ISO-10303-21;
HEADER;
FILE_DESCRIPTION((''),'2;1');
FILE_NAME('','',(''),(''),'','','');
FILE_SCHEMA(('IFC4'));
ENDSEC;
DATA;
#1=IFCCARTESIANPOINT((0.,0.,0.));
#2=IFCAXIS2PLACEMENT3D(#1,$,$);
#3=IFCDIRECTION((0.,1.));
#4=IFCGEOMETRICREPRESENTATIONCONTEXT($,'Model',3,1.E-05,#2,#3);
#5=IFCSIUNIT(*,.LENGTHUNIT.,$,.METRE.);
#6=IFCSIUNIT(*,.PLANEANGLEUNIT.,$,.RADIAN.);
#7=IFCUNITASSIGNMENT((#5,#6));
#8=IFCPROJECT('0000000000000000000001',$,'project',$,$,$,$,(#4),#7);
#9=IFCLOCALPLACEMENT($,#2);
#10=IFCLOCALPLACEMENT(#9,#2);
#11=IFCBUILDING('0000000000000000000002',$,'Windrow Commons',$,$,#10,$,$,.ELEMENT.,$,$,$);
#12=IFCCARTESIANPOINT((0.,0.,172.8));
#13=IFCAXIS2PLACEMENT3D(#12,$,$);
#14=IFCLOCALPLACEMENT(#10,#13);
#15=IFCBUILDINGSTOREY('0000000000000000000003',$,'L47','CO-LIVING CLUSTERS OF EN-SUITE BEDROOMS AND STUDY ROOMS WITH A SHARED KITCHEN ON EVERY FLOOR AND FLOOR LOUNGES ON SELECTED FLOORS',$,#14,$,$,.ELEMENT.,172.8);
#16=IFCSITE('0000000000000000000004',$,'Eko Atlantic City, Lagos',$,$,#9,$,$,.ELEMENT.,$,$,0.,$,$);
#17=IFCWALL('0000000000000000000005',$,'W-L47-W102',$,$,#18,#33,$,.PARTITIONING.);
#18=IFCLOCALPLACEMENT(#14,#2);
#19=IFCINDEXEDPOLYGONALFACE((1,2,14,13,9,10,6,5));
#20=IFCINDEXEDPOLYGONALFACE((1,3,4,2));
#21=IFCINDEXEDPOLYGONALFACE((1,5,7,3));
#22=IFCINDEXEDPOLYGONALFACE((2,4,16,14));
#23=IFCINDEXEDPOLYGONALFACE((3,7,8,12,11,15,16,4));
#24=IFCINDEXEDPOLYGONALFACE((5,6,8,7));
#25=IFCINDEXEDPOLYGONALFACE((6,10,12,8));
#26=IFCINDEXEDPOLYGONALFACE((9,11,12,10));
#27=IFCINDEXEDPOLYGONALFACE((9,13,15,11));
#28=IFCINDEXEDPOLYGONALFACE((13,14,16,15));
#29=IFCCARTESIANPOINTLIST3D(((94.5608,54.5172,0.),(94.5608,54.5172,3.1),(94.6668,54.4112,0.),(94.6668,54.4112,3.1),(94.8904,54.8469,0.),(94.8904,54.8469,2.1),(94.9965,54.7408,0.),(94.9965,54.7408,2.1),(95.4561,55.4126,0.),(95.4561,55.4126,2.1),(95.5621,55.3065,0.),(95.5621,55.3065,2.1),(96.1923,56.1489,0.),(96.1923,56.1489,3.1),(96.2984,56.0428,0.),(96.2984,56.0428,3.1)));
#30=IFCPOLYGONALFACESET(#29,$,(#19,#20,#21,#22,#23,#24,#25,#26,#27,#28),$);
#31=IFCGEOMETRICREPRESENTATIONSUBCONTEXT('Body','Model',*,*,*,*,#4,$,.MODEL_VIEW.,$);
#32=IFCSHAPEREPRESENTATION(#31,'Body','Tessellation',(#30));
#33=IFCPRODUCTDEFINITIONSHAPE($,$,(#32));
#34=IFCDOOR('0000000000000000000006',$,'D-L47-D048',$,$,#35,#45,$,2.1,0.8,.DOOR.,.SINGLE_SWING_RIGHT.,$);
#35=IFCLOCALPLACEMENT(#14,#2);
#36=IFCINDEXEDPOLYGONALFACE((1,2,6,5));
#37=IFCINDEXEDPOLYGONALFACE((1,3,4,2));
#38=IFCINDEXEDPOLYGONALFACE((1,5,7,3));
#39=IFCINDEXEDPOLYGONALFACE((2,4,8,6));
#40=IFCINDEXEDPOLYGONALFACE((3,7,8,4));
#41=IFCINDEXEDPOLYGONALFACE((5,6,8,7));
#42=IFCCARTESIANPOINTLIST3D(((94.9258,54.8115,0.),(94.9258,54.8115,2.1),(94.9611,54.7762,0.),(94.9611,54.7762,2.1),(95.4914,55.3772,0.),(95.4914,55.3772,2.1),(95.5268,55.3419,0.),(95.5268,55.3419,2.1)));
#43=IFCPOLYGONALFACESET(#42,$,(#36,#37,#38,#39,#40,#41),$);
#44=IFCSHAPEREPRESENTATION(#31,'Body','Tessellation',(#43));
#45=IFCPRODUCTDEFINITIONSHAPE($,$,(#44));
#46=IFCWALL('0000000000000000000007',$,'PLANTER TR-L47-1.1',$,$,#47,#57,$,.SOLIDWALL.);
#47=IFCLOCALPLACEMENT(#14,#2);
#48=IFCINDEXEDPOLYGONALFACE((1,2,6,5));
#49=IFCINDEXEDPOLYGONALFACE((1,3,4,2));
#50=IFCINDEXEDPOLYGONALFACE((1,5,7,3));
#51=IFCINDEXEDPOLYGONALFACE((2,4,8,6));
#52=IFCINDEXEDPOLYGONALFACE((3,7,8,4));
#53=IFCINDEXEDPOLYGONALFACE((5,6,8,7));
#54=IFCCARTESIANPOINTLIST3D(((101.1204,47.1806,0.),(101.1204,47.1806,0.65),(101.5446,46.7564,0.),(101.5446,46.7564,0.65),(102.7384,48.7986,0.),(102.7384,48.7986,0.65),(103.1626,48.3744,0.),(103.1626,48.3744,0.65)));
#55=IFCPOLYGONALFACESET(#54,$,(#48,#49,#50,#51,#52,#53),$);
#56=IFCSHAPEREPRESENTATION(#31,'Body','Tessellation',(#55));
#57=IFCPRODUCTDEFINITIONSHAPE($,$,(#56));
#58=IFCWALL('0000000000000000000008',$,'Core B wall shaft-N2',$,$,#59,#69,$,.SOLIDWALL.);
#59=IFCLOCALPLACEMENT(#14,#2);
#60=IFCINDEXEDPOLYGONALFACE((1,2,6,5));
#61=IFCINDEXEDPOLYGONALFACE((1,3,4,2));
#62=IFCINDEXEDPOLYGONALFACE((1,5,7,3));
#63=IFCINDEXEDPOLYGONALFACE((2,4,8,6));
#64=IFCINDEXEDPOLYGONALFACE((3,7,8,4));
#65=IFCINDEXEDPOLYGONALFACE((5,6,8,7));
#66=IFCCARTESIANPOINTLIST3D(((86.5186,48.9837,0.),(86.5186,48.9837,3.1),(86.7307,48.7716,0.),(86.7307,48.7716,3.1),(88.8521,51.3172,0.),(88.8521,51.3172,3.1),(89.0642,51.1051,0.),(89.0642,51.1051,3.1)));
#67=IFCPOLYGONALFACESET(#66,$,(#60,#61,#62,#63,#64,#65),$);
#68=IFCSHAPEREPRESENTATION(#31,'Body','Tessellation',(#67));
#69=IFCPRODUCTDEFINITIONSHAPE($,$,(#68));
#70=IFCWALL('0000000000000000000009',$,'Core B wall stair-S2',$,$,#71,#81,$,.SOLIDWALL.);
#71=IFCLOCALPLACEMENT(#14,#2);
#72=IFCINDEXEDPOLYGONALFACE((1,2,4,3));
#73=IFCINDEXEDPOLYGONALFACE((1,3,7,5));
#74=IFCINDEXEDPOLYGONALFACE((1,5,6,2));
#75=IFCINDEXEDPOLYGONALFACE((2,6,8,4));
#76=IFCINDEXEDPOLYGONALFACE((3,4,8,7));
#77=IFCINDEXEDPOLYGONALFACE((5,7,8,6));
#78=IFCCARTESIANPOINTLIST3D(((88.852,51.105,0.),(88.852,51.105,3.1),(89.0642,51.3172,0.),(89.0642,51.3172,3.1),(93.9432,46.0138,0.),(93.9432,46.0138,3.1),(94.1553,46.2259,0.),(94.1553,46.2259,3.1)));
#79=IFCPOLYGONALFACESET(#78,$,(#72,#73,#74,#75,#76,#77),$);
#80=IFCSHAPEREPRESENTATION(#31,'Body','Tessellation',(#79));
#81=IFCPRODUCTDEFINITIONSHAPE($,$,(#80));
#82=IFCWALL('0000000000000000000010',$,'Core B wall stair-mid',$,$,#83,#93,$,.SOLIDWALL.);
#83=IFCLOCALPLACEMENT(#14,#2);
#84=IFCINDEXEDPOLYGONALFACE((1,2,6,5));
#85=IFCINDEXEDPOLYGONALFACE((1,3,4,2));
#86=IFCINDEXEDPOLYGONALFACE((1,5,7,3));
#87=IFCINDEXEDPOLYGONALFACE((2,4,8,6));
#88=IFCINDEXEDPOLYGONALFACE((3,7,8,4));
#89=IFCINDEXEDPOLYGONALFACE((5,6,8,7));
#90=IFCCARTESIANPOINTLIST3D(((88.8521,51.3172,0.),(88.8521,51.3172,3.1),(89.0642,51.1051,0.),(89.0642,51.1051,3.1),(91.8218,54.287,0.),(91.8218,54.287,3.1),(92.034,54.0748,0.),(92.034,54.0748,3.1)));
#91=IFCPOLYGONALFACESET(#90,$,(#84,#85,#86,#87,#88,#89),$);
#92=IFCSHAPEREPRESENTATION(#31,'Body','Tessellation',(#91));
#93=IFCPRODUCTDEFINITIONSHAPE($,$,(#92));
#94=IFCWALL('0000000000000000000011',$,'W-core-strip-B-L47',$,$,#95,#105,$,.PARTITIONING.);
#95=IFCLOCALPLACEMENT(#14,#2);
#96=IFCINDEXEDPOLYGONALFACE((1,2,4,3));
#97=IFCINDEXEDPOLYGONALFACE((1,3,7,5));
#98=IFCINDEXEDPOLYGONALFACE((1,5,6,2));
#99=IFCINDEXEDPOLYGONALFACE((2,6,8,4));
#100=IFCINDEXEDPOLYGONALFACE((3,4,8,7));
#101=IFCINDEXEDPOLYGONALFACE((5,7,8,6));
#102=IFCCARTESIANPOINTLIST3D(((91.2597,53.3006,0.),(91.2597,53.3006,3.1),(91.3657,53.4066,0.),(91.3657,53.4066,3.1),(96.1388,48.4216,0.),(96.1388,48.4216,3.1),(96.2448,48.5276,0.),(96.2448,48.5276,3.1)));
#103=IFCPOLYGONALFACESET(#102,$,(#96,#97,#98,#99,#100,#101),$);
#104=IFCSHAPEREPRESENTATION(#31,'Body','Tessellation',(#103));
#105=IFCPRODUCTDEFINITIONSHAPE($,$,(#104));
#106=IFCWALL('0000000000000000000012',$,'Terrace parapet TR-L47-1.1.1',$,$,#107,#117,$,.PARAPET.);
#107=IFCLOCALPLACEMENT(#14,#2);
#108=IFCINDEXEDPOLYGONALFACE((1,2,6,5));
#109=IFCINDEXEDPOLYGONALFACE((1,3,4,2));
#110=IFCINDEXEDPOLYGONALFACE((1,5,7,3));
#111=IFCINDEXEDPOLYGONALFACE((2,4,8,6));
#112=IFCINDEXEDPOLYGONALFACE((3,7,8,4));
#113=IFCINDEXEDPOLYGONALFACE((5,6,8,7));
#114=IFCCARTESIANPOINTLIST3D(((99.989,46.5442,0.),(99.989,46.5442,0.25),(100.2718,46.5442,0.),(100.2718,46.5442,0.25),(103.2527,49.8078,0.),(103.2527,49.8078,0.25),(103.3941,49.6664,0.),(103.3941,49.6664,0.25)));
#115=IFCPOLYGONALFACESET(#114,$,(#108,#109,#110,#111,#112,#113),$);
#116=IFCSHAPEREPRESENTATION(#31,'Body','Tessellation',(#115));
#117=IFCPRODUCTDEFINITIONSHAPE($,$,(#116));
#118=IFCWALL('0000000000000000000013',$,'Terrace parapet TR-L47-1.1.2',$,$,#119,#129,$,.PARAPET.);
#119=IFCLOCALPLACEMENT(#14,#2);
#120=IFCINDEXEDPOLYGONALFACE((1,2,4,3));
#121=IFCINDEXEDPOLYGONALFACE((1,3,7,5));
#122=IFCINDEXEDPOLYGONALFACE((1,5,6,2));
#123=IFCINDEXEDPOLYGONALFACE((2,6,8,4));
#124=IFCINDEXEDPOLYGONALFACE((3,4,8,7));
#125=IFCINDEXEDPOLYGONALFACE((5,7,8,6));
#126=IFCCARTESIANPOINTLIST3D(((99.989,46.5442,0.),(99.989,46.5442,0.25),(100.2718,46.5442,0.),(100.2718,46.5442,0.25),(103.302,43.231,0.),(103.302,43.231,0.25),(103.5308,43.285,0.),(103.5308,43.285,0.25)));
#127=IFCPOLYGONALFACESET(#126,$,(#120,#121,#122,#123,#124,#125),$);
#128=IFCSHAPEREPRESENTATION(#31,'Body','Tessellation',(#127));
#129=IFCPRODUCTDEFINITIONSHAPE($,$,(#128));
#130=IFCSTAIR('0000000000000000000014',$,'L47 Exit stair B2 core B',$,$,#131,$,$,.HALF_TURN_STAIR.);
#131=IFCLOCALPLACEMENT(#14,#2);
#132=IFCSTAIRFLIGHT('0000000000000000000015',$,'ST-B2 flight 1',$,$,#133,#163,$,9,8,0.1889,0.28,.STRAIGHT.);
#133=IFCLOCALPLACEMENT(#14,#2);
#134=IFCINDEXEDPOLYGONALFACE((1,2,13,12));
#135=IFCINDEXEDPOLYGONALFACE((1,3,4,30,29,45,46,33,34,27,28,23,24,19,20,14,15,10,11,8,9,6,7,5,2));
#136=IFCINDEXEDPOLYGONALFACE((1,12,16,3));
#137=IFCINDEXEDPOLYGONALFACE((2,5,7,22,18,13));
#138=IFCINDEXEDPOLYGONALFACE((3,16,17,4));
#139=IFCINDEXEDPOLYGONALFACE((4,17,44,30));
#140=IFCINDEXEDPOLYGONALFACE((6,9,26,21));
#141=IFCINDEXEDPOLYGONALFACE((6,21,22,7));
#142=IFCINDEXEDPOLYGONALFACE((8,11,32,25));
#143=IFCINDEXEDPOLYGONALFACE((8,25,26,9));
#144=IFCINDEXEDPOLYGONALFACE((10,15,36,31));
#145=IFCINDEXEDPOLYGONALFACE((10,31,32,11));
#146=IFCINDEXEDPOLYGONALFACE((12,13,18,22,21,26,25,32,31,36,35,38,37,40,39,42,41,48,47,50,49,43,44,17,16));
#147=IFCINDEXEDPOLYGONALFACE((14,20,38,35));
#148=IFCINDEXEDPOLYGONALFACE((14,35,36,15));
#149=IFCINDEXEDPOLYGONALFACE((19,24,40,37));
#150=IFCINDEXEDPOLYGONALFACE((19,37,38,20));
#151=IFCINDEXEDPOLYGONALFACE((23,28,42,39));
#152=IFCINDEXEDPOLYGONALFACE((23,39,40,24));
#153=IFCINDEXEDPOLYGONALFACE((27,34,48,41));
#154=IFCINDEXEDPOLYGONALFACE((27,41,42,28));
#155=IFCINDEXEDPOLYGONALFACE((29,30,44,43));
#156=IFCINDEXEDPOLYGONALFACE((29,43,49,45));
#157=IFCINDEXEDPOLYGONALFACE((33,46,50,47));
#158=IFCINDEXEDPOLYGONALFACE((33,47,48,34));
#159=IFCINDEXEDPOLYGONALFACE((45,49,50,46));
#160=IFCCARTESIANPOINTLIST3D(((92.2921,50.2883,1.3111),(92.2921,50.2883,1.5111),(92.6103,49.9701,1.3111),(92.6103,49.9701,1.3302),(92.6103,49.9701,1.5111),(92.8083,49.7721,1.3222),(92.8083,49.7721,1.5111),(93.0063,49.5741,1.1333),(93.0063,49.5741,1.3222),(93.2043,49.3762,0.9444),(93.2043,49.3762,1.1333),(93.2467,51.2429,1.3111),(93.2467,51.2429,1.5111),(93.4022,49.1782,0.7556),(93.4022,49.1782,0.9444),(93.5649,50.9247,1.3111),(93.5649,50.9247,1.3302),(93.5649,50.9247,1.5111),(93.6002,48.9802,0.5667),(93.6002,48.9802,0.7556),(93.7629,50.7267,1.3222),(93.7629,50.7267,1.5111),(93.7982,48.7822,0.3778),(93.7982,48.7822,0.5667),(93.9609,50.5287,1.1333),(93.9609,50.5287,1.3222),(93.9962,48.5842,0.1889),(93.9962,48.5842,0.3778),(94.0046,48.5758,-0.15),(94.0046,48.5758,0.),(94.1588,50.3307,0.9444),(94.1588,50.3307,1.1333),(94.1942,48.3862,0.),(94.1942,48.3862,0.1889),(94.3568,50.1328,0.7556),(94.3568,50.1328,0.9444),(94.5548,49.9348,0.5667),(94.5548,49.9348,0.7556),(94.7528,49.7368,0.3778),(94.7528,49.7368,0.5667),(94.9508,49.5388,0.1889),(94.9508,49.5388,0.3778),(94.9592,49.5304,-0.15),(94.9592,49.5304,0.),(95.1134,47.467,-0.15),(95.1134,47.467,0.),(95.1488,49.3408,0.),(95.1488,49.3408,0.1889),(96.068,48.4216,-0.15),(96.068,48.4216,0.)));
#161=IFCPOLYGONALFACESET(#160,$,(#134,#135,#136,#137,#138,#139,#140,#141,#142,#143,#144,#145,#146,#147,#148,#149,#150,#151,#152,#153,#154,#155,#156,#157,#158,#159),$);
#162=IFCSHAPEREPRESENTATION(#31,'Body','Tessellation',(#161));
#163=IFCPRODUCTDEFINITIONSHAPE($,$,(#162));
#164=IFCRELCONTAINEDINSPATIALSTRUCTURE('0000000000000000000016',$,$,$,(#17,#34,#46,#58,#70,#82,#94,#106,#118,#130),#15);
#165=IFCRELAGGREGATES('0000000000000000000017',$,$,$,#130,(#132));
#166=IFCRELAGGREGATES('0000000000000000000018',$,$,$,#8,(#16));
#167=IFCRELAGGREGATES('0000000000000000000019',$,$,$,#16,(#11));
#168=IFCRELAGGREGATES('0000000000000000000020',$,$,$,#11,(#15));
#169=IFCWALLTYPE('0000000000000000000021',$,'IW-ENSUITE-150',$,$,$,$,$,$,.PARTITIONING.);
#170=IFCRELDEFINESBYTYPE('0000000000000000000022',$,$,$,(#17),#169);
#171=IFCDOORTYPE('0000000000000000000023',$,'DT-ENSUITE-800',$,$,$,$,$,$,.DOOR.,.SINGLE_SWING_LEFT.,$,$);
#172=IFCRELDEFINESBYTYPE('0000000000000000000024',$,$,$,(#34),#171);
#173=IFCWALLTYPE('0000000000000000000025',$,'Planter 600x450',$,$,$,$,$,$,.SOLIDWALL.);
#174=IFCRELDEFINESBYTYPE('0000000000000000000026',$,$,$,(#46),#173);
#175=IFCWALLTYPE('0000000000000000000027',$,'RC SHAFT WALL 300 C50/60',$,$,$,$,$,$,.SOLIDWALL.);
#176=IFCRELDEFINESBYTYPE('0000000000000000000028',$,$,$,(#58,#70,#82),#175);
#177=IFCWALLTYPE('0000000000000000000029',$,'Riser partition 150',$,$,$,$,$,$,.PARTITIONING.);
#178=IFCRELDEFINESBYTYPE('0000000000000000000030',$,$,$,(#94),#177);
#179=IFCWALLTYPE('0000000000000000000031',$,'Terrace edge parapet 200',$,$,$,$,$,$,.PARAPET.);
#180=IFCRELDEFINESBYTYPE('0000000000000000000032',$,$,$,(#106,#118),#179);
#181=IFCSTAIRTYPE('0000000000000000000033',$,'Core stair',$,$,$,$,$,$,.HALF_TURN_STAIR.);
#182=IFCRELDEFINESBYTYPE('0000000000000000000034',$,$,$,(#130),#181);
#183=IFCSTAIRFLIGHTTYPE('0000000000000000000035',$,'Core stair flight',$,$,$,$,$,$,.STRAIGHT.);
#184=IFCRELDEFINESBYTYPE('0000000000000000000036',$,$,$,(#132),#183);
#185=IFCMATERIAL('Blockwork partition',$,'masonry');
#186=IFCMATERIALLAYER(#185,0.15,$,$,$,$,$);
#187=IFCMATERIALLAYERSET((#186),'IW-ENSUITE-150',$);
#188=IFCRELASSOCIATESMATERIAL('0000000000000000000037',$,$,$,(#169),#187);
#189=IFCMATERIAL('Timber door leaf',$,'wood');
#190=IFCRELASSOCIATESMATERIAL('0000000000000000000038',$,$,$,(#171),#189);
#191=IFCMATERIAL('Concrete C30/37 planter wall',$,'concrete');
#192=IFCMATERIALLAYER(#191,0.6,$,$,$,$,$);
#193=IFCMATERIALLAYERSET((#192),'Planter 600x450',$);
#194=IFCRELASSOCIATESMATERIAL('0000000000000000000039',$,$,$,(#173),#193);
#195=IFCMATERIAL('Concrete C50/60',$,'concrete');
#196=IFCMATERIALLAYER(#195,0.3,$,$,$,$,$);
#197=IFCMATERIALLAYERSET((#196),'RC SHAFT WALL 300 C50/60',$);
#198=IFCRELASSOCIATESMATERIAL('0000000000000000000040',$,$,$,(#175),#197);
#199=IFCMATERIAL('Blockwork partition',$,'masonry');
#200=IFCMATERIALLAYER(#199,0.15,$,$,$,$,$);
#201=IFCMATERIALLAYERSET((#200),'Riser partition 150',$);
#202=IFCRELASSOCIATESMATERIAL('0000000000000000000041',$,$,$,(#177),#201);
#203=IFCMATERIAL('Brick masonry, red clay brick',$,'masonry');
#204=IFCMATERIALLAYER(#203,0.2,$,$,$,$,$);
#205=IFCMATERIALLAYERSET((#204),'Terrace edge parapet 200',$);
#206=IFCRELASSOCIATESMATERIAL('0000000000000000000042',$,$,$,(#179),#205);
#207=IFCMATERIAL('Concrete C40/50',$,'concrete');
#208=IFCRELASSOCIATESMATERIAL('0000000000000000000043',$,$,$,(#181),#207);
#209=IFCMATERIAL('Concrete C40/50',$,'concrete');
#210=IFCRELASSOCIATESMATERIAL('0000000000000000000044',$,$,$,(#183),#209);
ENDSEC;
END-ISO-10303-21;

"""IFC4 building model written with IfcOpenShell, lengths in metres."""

from ifc_helpers import new_model, si_unit, direction, frame, frame_2d, origin, place, context, subcontext, project, spatial, polyline, rectangle, outline, extrude, material, layer, layer_set, type_object, element, fill, aggregate, save


model = new_model("IFC4")

# Units and contexts
model_context = context("Model", 3, precision=1e-05, world=origin(), true_north=direction((0.0, 1.0)))
body_context = subcontext(model_context, "Body", "Model", "MODEL_VIEW")
ifc_project = project(units=[si_unit("LENGTHUNIT", "METRE"), si_unit("PLANEANGLEUNIT", "RADIAN")], contexts=[model_context])

# Site, building, storey
site_placement = place(None, origin())
site = spatial("IfcSite", under=ifc_project, at=site_placement, Name="Eko Atlantic City, Lagos", CompositionType="ELEMENT", RefElevation=0.0)
building_placement = place(site_placement, origin())
building = spatial("IfcBuilding", under=site, at=building_placement, Name="Windrow Commons", CompositionType="ELEMENT")
storey_placement = place(building_placement, frame((0.0, 0.0, 172.8)))
storey = spatial("IfcBuildingStorey", under=building, at=storey_placement, Name="L47", Description="CO-LIVING CLUSTERS OF EN-SUITE BEDROOMS AND STUDY ROOMS WITH A SHARED KITCHEN ON EVERY FLOOR AND FLOOR LOUNGES ON SELECTED FLOORS", CompositionType="ELEMENT", Elevation=172.8)

# Shared definitions
ifc_material_1 = material(Name="Blockwork partition", Category="masonry")
ifc_layer_1 = layer(ifc_material_1, 0.15)
ifc_layer_set_1 = layer_set([ifc_layer_1], Name="IW-ENSUITE-150")
wall_type_1 = type_object("IfcWallType", Name="IW-ENSUITE-150", PredefinedType="PARTITIONING", material=ifc_layer_set_1)

# Wall, opening, door
wall_1_placement = place(storey_placement, frame((94.6138, 54.4642, 0.0), z_axis=(0.0, 0.0, 1.0), x_axis=(0.707085, 0.707128, 0.0)))
wall_1 = element("IfcWall", 1, at=wall_1_placement, inside=storey, type_object=wall_type_1, Name="W-L47-W102", PredefinedType="PARTITIONING", context=body_context, shape_type="SweptSolid", body=[
    extrude(rectangle(XDim=2.3074, YDim=0.15, at=frame_2d((1.1537, 0.0))), origin(), (0.0, 0.0, 1.0), 3.1),
])
opening_1_placement = place(wall_1_placement, frame((0.4662, 0.0, 0.0)))
opening_1 = element("IfcOpeningElement", 2, at=opening_1_placement, cuts=wall_1, PredefinedType="OPENING", context=body_context, shape_type="SweptSolid", body=[
    extrude(rectangle(XDim=0.8, YDim=2.1, at=frame_2d((0.4, 1.05))), frame((0.0, 0.085, 0.0), z_axis=(0.0, -1.0, 0.0), x_axis=(1.0, 0.0, 0.0)), (0.0, 0.0, 1.0), 0.17),
])
ifc_material_2 = material(Name="Timber door leaf", Category="wood")
door_type = type_object("IfcDoorType", Name="DT-ENSUITE-800", OperationType="SINGLE_SWING_LEFT", PredefinedType="DOOR", material=ifc_material_2)
door_placement = place(opening_1_placement, origin())
door = element("IfcDoor", 3, at=door_placement, inside=storey, type_object=door_type, Name="D-L47-D048", OperationType="SINGLE_SWING_RIGHT", OverallHeight=2.1, OverallWidth=0.8, PredefinedType="DOOR", context=body_context, shape_type="SweptSolid", body=[
    extrude(rectangle(XDim=0.8, YDim=2.1, at=frame_2d((0.4, 1.05))), frame((0.0, 0.025, 0.0), z_axis=(0.0, -1.0, 0.0), x_axis=(1.0, 0.0, 0.0)), (0.0, 0.0, 1.0), 0.05),
])
fill(opening_1, door)

# Walls
ifc_material_3 = material(Name="Concrete C30/37 planter wall", Category="concrete")
ifc_layer_2 = layer(ifc_material_3, 0.6)
ifc_layer_set_2 = layer_set([ifc_layer_2], Name="Planter 600x450")
wall_type_2 = type_object("IfcWallType", Name="Planter 600x450", PredefinedType="SOLIDWALL", material=ifc_layer_set_2)
wall_2_placement = place(storey_placement, frame((102.9505, 48.5865, 0.0), z_axis=(0.0, 0.0, 1.0), x_axis=(-0.707107, -0.707107, 0.0)))
element("IfcWall", 4, at=wall_2_placement, inside=storey, type_object=wall_type_2, Name="PLANTER TR-L47-1.1", PredefinedType="SOLIDWALL", context=body_context, shape_type="SweptSolid", body=[
    extrude(outline(polyline([(0.0, -0.3), (2.2882, -0.3), (2.2882, 0.3), (0.0, 0.3), (0.0, -0.3)])), origin(), (0.0, 0.0, 1.0), 0.65),
])
ifc_material_4 = material(Name="Concrete C50/60", Category="concrete")
ifc_layer_3 = layer(ifc_material_4, 0.3)
ifc_layer_set_3 = layer_set([ifc_layer_3], Name="RC SHAFT WALL 300 C50/60")
wall_type_3 = type_object("IfcWallType", Name="RC SHAFT WALL 300 C50/60", PredefinedType="SOLIDWALL", material=ifc_layer_set_3)
wall_3_placement = place(storey_placement, frame((86.6246, 48.8776, 0.0), z_axis=(0.0, 0.0, 1.0), x_axis=(0.707107, 0.707107, 0.0)))
element("IfcWall", 5, at=wall_3_placement, inside=storey, type_object=wall_type_3, Name="Core B wall shaft-N2", PredefinedType="SOLIDWALL", context=body_context, shape_type="SweptSolid", body=[
    extrude(rectangle(XDim=3.3001, YDim=0.3, at=frame_2d((1.6501, 0.0))), origin(), (0.0, 0.0, 1.0), 3.1),
])
wall_4_placement = place(storey_placement, frame((88.9581, 51.2111, 0.0), z_axis=(0.0, 0.0, 1.0), x_axis=(0.7071, -0.707114, 0.0)))
element("IfcWall", 6, at=wall_4_placement, inside=storey, type_object=wall_type_3, Name="Core B wall stair-S2", PredefinedType="SOLIDWALL", context=body_context, shape_type="SweptSolid", body=[
    extrude(rectangle(XDim=7.2, YDim=0.3, at=frame_2d((3.6, 0.0))), origin(), (0.0, 0.0, 1.0), 3.1),
])
wall_5_placement = place(storey_placement, frame((88.9581, 51.2111, 0.0), z_axis=(0.0, 0.0, 1.0), x_axis=(0.707107, 0.707107, 0.0)))
element("IfcWall", 7, at=wall_5_placement, inside=storey, type_object=wall_type_3, Name="Core B wall stair-mid", PredefinedType="SOLIDWALL", context=body_context, shape_type="SweptSolid", body=[
    extrude(rectangle(XDim=4.1999, YDim=0.3, at=frame_2d((2.1, 0.0))), origin(), (0.0, 0.0, 1.0), 3.1),
])
ifc_material_5 = material(Name="Blockwork partition", Category="masonry")
ifc_layer_4 = layer(ifc_material_5, 0.15)
ifc_layer_set_4 = layer_set([ifc_layer_4], Name="Riser partition 150")
wall_type_4 = type_object("IfcWallType", Name="Riser partition 150", PredefinedType="PARTITIONING", material=ifc_layer_set_4)
wall_6_placement = place(storey_placement, frame((91.3127, 53.3536, 0.0), z_axis=(0.0, 0.0, 1.0), x_axis=(0.707114, -0.7071, 0.0)))
element("IfcWall", 8, at=wall_6_placement, inside=storey, type_object=wall_type_4, Name="W-core-strip-B-L47", PredefinedType="PARTITIONING", context=body_context, shape_type="SweptSolid", body=[
    extrude(rectangle(XDim=6.9, YDim=0.15, at=frame_2d((3.45, 0.0))), origin(), (0.0, 0.0, 1.0), 3.1),
])
ifc_material_6 = material(Name="Brick masonry, red clay brick", Category="masonry")
ifc_layer_5 = layer(ifc_material_6, 0.2)
ifc_layer_set_5 = layer_set([ifc_layer_5], Name="Terrace edge parapet 200")
wall_type_5 = type_object("IfcWallType", Name="Terrace edge parapet 200", PredefinedType="PARAPET", material=ifc_layer_set_5)
wall_7_placement = place(storey_placement, frame((103.3234, 49.7371, 0.0), z_axis=(0.0, 0.0, 1.0), x_axis=(-0.707118, -0.707096, 0.0)))
element("IfcWall", 9, at=wall_7_placement, inside=storey, type_object=wall_type_5, Name="Terrace parapet TR-L47-1.1.1", PredefinedType="PARAPET", context=body_context, shape_type="SweptSolid", body=[
    extrude(outline(polyline([(0.0, -0.1), (4.6155, -0.1), (4.4155, 0.1), (0.0, 0.1), (0.0, -0.1)])), origin(), (0.0, 0.0, 1.0), 0.25),
])
wall_8_placement = place(storey_placement, frame((100.1304, 46.5442, 0.0), z_axis=(0.0, 0.0, 1.0), x_axis=(0.707085, -0.707128, 0.0)))
element("IfcWall", 10, at=wall_8_placement, inside=storey, type_object=wall_type_5, Name="Terrace parapet TR-L47-1.1.2", PredefinedType="PARAPET", context=body_context, shape_type="SweptSolid", body=[
    extrude(outline(polyline([(-0.1, -0.1), (4.5855, -0.1), (4.709, 0.1), (0.1, 0.1), (-0.1, -0.1)])), origin(), (0.0, 0.0, 1.0), 0.25),
])

# Stair, stair flight
ifc_material_7 = material(Name="Concrete C40/50", Category="concrete")
stair_type = type_object("IfcStairType", Name="Core stair", PredefinedType="HALF_TURN_STAIR", material=ifc_material_7)
stair_placement = place(storey_placement, origin())
stair = element("IfcStair", 11, at=stair_placement, inside=storey, type_object=stair_type, Name="L47 Exit stair B2 core B", PredefinedType="HALF_TURN_STAIR")
ifc_material_8 = material(Name="Concrete C40/50", Category="concrete")
stair_flight_type = type_object("IfcStairFlightType", Name="Core stair flight", PredefinedType="STRAIGHT", material=ifc_material_8)
stair_flight_1_placement = place(storey_placement, frame((94.6715, 48.8635, 0.0), z_axis=(0.0, 0.0, 1.0), x_axis=(-0.707107, 0.707107, 0.0)))
stair_flight_1 = element("IfcStairFlight", 12, at=stair_flight_1_placement, type_object=stair_flight_type, Name="ST-B2 flight 1", NumberOfRisers=9, NumberOfTreads=8, PredefinedType="STRAIGHT", RiserHeight=0.1889, TreadLength=0.28, context=body_context, shape_type="SweptSolid", body=[
    extrude(outline(polyline([(-1.3, -0.15), (-1.3, 0.0), (0.0, 0.0), (0.0, 0.1889), (0.28, 0.1889), (0.28, 0.3778), (0.56, 0.3778), (0.56, 0.5667), (0.84, 0.5667), (0.84, 0.7556), (1.12, 0.7556), (1.12, 0.9444), (1.4, 0.9444), (1.4, 1.1333), (1.68, 1.1333), (1.68, 1.3222), (1.96, 1.3222), (1.96, 1.5111), (2.24, 1.5111), (2.69, 1.5111), (2.69, 1.3111), (2.24, 1.3111), (2.24, 1.3302), (0.2682, 0.0), (0.2682, -0.15), (-1.3, -0.15)])), frame((0.0, 0.675, 0.0), z_axis=(0.0, -1.0, 0.0), x_axis=(1.0, 0.0, 0.0)), (0.0, 0.0, 1.0), 1.35),
])
aggregate(stair, [stair_flight_1])

save(model, "model.ifc")
